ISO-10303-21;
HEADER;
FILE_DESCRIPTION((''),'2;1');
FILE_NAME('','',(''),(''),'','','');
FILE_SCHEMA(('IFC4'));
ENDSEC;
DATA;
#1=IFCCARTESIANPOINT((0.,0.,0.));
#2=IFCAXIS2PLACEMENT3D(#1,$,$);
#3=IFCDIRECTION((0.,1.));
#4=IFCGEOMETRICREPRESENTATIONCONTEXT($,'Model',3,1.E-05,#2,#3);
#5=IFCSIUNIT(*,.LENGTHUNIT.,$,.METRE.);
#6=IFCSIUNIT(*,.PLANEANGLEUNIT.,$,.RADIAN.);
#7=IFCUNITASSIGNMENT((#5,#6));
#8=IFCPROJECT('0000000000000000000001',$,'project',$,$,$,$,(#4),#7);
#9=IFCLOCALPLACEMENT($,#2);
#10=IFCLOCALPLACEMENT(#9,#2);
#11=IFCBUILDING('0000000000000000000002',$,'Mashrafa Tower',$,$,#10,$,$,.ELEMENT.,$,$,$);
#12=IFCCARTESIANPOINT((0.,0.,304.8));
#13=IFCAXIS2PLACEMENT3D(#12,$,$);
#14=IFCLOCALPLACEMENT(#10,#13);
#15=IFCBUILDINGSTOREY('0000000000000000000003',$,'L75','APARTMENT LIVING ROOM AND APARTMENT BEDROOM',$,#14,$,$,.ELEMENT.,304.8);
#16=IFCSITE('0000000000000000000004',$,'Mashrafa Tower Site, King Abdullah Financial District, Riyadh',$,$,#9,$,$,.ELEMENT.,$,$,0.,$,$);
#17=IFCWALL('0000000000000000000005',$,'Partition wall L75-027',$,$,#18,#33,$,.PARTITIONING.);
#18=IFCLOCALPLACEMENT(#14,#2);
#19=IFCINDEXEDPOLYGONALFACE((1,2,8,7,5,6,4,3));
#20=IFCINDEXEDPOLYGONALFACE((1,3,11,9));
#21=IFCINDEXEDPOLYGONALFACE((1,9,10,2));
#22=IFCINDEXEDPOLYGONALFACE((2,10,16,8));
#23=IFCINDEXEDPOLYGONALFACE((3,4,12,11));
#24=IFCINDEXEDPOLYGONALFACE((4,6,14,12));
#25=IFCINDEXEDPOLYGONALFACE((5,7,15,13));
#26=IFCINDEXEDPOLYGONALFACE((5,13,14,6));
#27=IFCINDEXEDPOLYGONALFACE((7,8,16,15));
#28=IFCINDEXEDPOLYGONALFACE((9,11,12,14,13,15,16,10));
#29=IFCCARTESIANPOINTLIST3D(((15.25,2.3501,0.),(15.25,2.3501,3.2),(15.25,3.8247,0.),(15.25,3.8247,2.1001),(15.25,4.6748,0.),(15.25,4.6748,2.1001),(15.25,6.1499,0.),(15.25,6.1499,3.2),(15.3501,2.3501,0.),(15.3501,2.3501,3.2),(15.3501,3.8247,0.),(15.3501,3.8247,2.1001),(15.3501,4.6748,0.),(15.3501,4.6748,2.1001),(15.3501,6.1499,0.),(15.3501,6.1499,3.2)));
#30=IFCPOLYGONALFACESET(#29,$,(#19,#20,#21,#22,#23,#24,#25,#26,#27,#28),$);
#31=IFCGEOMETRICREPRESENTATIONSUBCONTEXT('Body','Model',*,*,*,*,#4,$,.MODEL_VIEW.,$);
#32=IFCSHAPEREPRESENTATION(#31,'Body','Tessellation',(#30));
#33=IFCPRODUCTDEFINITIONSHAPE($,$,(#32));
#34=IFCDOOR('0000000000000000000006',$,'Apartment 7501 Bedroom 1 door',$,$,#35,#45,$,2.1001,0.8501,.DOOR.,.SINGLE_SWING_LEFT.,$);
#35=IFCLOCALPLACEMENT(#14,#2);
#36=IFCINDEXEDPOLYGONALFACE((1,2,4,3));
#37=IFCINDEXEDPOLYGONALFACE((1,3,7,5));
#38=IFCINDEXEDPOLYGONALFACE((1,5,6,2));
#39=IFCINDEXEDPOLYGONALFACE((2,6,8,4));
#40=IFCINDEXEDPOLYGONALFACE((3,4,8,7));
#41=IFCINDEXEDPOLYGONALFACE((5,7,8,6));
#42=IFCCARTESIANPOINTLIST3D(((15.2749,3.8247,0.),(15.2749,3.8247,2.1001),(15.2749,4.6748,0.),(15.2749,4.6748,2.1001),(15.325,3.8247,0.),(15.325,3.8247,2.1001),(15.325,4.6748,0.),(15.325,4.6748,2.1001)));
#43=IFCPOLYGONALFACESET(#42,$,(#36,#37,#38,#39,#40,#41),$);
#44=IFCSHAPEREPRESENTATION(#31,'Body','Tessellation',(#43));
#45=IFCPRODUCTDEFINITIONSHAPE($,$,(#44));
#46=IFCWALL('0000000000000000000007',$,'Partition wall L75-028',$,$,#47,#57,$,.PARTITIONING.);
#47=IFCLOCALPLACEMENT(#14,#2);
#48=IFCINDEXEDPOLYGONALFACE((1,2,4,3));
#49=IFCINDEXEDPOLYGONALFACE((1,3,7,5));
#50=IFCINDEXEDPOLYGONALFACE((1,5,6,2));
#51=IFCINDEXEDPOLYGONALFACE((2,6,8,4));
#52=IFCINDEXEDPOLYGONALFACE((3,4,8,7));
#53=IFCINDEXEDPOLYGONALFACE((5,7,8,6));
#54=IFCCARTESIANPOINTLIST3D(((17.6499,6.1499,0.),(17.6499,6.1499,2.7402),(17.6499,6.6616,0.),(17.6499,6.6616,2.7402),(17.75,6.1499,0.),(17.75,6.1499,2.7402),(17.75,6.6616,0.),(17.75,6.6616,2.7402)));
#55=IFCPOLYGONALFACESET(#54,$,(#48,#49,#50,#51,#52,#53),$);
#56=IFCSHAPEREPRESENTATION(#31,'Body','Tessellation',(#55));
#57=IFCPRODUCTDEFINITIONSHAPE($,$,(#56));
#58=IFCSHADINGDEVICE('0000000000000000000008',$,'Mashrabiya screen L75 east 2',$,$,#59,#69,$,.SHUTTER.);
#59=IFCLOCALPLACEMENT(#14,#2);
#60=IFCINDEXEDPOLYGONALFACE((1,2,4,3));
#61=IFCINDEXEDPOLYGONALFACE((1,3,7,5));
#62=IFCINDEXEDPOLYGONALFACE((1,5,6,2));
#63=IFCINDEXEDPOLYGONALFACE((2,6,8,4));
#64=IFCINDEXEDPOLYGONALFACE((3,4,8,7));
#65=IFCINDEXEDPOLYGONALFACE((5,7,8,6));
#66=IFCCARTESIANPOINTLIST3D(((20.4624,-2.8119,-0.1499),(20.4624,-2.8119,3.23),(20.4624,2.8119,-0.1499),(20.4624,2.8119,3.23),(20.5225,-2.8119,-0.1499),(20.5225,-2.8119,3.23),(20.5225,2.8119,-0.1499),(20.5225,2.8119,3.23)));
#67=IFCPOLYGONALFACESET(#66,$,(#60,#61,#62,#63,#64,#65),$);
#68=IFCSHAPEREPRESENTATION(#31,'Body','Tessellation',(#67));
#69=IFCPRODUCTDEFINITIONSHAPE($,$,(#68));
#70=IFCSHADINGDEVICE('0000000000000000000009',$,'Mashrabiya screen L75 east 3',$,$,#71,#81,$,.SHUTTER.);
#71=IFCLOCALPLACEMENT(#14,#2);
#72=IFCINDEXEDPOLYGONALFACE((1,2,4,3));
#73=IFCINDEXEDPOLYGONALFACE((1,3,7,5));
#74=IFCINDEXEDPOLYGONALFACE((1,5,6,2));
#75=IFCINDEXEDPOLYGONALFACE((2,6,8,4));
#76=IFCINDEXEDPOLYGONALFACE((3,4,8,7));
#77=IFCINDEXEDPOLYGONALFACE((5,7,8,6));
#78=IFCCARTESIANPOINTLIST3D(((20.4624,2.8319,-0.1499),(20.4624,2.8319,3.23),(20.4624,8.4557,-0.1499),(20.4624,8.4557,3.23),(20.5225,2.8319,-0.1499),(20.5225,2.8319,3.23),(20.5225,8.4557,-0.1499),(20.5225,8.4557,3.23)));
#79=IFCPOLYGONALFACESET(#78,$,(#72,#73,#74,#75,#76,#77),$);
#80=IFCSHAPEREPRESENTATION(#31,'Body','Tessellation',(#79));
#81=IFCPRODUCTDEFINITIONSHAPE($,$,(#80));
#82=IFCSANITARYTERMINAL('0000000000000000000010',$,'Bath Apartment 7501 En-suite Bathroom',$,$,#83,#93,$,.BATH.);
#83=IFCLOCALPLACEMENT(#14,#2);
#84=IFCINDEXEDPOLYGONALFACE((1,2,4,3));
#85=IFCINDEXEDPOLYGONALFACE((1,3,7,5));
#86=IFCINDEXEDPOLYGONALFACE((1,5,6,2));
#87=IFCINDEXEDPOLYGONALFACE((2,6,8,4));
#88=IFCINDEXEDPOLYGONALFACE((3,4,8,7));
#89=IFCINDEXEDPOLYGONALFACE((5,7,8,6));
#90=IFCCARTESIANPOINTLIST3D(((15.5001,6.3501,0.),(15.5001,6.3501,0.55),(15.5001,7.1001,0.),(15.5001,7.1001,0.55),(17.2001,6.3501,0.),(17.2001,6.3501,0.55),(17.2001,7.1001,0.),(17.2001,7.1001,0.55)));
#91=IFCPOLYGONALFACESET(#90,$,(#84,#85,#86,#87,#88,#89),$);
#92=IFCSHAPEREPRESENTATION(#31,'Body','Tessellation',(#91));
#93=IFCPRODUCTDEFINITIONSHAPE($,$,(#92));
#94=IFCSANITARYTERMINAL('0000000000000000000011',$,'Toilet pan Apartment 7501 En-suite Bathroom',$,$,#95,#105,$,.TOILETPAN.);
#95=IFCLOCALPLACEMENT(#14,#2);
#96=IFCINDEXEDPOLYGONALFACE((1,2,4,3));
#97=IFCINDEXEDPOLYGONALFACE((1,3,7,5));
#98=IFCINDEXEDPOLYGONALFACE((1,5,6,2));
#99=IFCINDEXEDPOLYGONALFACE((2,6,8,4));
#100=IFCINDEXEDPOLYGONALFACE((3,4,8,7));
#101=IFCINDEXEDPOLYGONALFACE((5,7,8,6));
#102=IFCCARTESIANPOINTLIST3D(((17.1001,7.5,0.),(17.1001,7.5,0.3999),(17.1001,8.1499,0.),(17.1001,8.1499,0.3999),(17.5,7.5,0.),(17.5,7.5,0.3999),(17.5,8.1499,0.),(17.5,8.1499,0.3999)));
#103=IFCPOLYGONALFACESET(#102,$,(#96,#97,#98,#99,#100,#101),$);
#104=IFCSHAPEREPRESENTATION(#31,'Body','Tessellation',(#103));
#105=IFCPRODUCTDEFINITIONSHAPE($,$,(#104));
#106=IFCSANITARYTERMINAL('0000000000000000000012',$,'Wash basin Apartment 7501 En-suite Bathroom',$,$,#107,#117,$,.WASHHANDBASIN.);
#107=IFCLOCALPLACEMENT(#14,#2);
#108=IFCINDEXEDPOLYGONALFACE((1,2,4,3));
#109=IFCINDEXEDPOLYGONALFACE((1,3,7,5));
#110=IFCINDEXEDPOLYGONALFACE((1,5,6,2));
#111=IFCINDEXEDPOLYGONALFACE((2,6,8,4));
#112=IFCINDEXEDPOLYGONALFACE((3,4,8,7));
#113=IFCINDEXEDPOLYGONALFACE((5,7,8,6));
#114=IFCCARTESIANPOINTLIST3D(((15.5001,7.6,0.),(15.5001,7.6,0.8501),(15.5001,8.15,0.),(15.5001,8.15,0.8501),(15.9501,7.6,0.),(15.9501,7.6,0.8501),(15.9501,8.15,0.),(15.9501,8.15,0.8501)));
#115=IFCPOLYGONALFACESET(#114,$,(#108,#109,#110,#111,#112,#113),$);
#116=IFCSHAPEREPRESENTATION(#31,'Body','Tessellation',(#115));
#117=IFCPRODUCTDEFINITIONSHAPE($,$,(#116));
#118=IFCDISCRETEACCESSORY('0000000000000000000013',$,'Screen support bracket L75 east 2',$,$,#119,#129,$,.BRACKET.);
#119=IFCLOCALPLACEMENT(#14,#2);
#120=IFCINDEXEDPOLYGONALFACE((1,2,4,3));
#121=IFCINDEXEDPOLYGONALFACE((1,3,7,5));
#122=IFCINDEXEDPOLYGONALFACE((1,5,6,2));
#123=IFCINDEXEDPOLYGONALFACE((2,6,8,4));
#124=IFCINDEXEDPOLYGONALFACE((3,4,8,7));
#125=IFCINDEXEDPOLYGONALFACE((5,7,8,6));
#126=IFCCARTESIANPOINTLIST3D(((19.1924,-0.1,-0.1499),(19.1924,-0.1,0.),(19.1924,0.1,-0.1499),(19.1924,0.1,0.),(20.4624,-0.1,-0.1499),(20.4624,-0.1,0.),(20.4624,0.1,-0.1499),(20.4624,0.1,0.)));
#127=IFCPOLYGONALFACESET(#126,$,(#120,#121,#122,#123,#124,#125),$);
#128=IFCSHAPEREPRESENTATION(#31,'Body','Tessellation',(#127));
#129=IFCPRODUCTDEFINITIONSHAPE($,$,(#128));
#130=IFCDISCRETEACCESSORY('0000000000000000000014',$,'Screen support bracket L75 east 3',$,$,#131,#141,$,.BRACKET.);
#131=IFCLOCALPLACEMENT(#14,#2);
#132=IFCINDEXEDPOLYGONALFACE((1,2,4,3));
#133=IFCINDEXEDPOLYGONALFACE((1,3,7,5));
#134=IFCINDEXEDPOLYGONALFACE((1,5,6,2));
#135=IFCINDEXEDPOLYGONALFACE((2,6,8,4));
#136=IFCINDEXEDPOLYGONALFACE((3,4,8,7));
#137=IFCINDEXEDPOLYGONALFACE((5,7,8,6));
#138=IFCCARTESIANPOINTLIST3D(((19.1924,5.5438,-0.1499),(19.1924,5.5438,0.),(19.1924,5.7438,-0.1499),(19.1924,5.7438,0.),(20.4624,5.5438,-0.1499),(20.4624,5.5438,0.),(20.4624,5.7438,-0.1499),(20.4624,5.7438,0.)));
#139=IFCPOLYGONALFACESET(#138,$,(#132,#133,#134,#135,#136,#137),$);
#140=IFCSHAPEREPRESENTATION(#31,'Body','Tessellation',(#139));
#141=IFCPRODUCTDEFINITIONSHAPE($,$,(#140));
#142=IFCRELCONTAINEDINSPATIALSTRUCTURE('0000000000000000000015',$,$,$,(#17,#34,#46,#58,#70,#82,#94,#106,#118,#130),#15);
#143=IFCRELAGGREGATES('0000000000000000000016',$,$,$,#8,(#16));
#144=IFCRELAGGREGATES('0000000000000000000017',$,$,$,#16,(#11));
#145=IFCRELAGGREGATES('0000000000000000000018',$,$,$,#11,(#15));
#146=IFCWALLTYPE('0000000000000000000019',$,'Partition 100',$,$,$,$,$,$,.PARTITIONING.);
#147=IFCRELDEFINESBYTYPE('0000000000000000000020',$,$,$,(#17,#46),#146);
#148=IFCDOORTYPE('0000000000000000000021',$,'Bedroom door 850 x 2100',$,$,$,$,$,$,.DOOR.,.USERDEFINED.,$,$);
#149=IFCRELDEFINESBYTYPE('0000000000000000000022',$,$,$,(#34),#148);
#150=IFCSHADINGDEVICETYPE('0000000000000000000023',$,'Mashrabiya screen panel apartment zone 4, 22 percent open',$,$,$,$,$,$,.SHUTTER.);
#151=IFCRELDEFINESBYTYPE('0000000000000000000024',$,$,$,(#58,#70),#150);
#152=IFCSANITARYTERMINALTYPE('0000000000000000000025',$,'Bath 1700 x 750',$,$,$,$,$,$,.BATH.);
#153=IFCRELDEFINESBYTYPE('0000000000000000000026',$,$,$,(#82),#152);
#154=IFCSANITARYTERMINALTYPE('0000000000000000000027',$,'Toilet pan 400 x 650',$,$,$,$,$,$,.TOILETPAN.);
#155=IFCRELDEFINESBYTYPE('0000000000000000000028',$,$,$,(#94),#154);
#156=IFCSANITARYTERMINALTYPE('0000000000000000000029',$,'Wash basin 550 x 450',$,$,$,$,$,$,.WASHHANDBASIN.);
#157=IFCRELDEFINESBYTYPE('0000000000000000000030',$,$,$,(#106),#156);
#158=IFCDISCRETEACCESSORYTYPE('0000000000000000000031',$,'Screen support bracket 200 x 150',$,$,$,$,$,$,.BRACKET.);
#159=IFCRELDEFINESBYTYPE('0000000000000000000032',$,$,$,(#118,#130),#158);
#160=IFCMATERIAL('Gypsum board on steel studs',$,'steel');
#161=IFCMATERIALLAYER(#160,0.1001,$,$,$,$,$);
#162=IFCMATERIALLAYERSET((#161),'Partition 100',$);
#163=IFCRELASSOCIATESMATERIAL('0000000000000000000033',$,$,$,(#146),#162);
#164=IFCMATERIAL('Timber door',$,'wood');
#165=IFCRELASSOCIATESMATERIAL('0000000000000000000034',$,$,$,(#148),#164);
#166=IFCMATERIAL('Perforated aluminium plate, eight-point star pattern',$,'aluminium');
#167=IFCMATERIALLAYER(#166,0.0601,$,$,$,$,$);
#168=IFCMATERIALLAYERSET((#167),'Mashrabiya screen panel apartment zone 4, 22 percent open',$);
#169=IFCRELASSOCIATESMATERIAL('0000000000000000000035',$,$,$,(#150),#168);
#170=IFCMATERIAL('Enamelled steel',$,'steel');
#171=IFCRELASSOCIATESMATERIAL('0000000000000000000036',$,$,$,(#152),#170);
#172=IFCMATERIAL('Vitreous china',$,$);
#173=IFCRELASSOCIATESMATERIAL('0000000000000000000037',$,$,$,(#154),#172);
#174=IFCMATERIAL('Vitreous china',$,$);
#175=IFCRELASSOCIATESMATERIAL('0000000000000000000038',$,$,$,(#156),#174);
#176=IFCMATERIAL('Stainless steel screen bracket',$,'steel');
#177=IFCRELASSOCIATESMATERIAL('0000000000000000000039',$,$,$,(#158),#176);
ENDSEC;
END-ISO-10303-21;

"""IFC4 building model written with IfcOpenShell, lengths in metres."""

from ifc_helpers import new_model, si_unit, direction, frame, frame_2d, origin, origin_2d, place, context, subcontext, project, spatial, rectangle, extrude, source, transform, mapped, material, layer, layer_set, type_object, type_shapes, element, fill, save


model = new_model("IFC4")

# Units and contexts
model_context = context("Model", 3, precision=1e-05, world=origin(), true_north=direction((0.0, 1.0)))
body_context = subcontext(model_context, "Body", "Model", "MODEL_VIEW")
ifc_project = project(units=[si_unit("LENGTHUNIT", "METRE"), si_unit("PLANEANGLEUNIT", "RADIAN")], contexts=[model_context])

# Site, building, storey
site_placement = place(None, origin())
site = spatial("IfcSite", under=ifc_project, at=site_placement, Name="Mashrafa Tower Site, King Abdullah Financial District, Riyadh", CompositionType="ELEMENT", RefElevation=0.0)
building_placement = place(site_placement, origin())
building = spatial("IfcBuilding", under=site, at=building_placement, Name="Mashrafa Tower", CompositionType="ELEMENT")
storey_placement = place(building_placement, frame((0.0, 0.0, 304.8)))
storey = spatial("IfcBuildingStorey", under=building, at=storey_placement, Name="L75", Description="APARTMENT LIVING ROOM AND APARTMENT BEDROOM", CompositionType="ELEMENT", Elevation=304.8)

# Shared definitions
ifc_material_1 = material(Name="Gypsum board on steel studs", Category="steel")
ifc_layer_1 = layer(ifc_material_1, 0.1001)
ifc_layer_set_1 = layer_set([ifc_layer_1], Name="Partition 100")
wall_type_1 = type_object("IfcWallType", Name="Partition 100", PredefinedType="PARTITIONING", material=ifc_layer_set_1)

# Shared definitions
ifc_material_2 = material(Name="Timber door", Category="wood")
door_type = type_object("IfcDoorType", Name="Bedroom door 850 x 2100", OperationType="USERDEFINED", PredefinedType="DOOR", material=ifc_material_2)

# Wall, opening, door
wall_1_placement = place(storey_placement, frame((15.3, 6.1499, 0.0), z_axis=(0.0, 0.0, 1.0), x_axis=(0.0, -1.0, 0.0)))
wall_1 = element("IfcWall", 1, at=wall_1_placement, inside=storey, type_object=wall_type_1, Name="Partition wall L75-027", PredefinedType="PARTITIONING", context=body_context, shape_type="SweptSolid", body=[
    extrude(rectangle(XDim=3.7998, YDim=0.1001, at=frame_2d((1.8999, 0.0))), origin(), (0.0, 0.0, 1.0), 3.2),
])
opening_1_placement = place(wall_1_placement, frame((1.4751, 0.0, 0.0)))
opening_1 = element("IfcOpeningElement", 2, at=opening_1_placement, cuts=wall_1, PredefinedType="OPENING", context=body_context, shape_type="SweptSolid", body=[
    extrude(rectangle(XDim=0.8501, YDim=2.1001, at=frame_2d((0.425, 1.05))), frame((0.0, 0.0601, 0.0), z_axis=(0.0, -1.0, 0.0), x_axis=(1.0, 0.0, 0.0)), (0.0, 0.0, 1.0), 0.1201),
])
door_1_placement = place(opening_1_placement, origin())
door_1 = element("IfcDoor", 3, at=door_1_placement, inside=storey, type_object=door_type, Name="Apartment 7501 Bedroom 1 door", OperationType="SINGLE_SWING_LEFT", OverallHeight=2.1001, OverallWidth=0.8501, PredefinedType="DOOR", context=body_context, shape_type="SweptSolid", body=[
    extrude(rectangle(XDim=0.8501, YDim=2.1001, at=frame_2d((0.425, 1.05))), frame((0.0, 0.0249, 0.0), z_axis=(0.0, -1.0, 0.0), x_axis=(1.0, 0.0, 0.0)), (0.0, 0.0, 1.0), 0.05),
])
fill(opening_1, door_1)

# Wall
wall_2_placement = place(storey_placement, frame((17.7, 6.1499, 0.0), z_axis=(0.0, 0.0, 1.0), x_axis=(0.0, 1.0, 0.0)))
element("IfcWall", 4, at=wall_2_placement, inside=storey, type_object=wall_type_1, Name="Partition wall L75-028", PredefinedType="PARTITIONING", context=body_context, shape_type="SweptSolid", body=[
    extrude(rectangle(XDim=0.5117, YDim=0.1001, at=frame_2d((0.2559, 0.0))), origin(), (0.0, 0.0, 1.0), 2.7402),
])

# Shading devices
ifc_material_3 = material(Name="Perforated aluminium plate, eight-point star pattern", Category="aluminium")
ifc_layer_2 = layer(ifc_material_3, 0.0601)
ifc_layer_set_2 = layer_set([ifc_layer_2], Name="Mashrabiya screen panel apartment zone 4, 22 percent open")
shading_device_type = type_object("IfcShadingDeviceType", Name="Mashrabiya screen panel apartment zone 4, 22 percent open", PredefinedType="SHUTTER", material=ifc_layer_set_2)
shared_shape_1 = source(origin(), body_context, "Body", "SweptSolid", [
    extrude(rectangle(XDim=5.6238, YDim=0.0601, at=origin_2d()), origin(), (0.0, 0.0, 1.0), 3.3799),
])
type_shapes(shading_device_type, [shared_shape_1])
for number, where, z_axis, x_axis, name in (
    (5, (20.4924, 0.0, -0.1499), (0.0, 0.0, 1.0), (0.0, 1.0, 0.0), "Mashrabiya screen L75 east 2"),
    (6, (20.4924, 5.6438, -0.1499), (0.0, 0.0, 1.0), (0.0, 1.0, 0.0), "Mashrabiya screen L75 east 3"),
):
    element("IfcShadingDevice", number, at=place(storey_placement, frame(where, z_axis=z_axis, x_axis=x_axis)), inside=storey, type_object=shading_device_type, Name=name, PredefinedType="SHUTTER", context=body_context, shape_type="MappedRepresentation", body=[
        mapped(shared_shape_1, transform((0.0, 0.0, 0.0))),
    ])

# Sanitary terminals
ifc_material_4 = material(Name="Enamelled steel", Category="steel")
sanitary_terminal_type_1 = type_object("IfcSanitaryTerminalType", Name="Bath 1700 x 750", PredefinedType="BATH", material=ifc_material_4)
sanitary_terminal_1_placement = place(storey_placement, frame((16.3501, 6.7251, 0.0), z_axis=(0.0, 0.0, 1.0), x_axis=(1.0, 0.0, 0.0)))
element("IfcSanitaryTerminal", 7, at=sanitary_terminal_1_placement, inside=storey, type_object=sanitary_terminal_type_1, Name="Bath Apartment 7501 En-suite Bathroom", PredefinedType="BATH", context=body_context, shape_type="SweptSolid", body=[
    extrude(rectangle(XDim=1.7, YDim=0.75, at=origin_2d()), origin(), (0.0, 0.0, 1.0), 0.55),
])
ifc_material_5 = material(Name="Vitreous china")
sanitary_terminal_type_2 = type_object("IfcSanitaryTerminalType", Name="Toilet pan 400 x 650", PredefinedType="TOILETPAN", material=ifc_material_5)
sanitary_terminal_2_placement = place(storey_placement, frame((17.3, 7.825, 0.0), z_axis=(0.0, 0.0, 1.0), x_axis=(-1.0, 0.0, 0.0)))
element("IfcSanitaryTerminal", 8, at=sanitary_terminal_2_placement, inside=storey, type_object=sanitary_terminal_type_2, Name="Toilet pan Apartment 7501 En-suite Bathroom", PredefinedType="TOILETPAN", context=body_context, shape_type="SweptSolid", body=[
    extrude(rectangle(XDim=0.3999, YDim=0.6499, at=origin_2d()), origin(), (0.0, 0.0, 1.0), 0.3999),
])
ifc_material_6 = material(Name="Vitreous china")
sanitary_terminal_type_3 = type_object("IfcSanitaryTerminalType", Name="Wash basin 550 x 450", PredefinedType="WASHHANDBASIN", material=ifc_material_6)
sanitary_terminal_3_placement = place(storey_placement, frame((15.7251, 7.875, 0.0), z_axis=(0.0, 0.0, 1.0), x_axis=(0.0, -1.0, 0.0)))
element("IfcSanitaryTerminal", 9, at=sanitary_terminal_3_placement, inside=storey, type_object=sanitary_terminal_type_3, Name="Wash basin Apartment 7501 En-suite Bathroom", PredefinedType="WASHHANDBASIN", context=body_context, shape_type="SweptSolid", body=[
    extrude(rectangle(XDim=0.55, YDim=0.45, at=origin_2d()), origin(), (0.0, 0.0, 1.0), 0.8501),
])

# Discrete accessories
ifc_material_7 = material(Name="Stainless steel screen bracket", Category="steel")
discrete_accessory_type = type_object("IfcDiscreteAccessoryType", Name="Screen support bracket 200 x 150", PredefinedType="BRACKET", material=ifc_material_7)
shared_shape_2 = source(origin(), body_context, "Body", "SweptSolid", [
    extrude(rectangle(XDim=0.2, YDim=1.27, at=origin_2d()), origin(), (0.0, 0.0, 1.0), 0.1499),
])
type_shapes(discrete_accessory_type, [shared_shape_2])
for number, where, z_axis, x_axis, name in (
    (10, (19.8274, 0.0, -0.1499), (0.0, 0.0, 1.0), (0.0, 1.0, 0.0), "Screen support bracket L75 east 2"),
    (11, (19.8274, 5.6438, -0.1499), (0.0, 0.0, 1.0), (0.0, 1.0, 0.0), "Screen support bracket L75 east 3"),
):
    element("IfcDiscreteAccessory", number, at=place(storey_placement, frame(where, z_axis=z_axis, x_axis=x_axis)), inside=storey, type_object=discrete_accessory_type, Name=name, PredefinedType="BRACKET", context=body_context, shape_type="MappedRepresentation", body=[
        mapped(shared_shape_2, transform((0.0, 0.0, 0.0))),
    ])

save(model, "model.ifc")
